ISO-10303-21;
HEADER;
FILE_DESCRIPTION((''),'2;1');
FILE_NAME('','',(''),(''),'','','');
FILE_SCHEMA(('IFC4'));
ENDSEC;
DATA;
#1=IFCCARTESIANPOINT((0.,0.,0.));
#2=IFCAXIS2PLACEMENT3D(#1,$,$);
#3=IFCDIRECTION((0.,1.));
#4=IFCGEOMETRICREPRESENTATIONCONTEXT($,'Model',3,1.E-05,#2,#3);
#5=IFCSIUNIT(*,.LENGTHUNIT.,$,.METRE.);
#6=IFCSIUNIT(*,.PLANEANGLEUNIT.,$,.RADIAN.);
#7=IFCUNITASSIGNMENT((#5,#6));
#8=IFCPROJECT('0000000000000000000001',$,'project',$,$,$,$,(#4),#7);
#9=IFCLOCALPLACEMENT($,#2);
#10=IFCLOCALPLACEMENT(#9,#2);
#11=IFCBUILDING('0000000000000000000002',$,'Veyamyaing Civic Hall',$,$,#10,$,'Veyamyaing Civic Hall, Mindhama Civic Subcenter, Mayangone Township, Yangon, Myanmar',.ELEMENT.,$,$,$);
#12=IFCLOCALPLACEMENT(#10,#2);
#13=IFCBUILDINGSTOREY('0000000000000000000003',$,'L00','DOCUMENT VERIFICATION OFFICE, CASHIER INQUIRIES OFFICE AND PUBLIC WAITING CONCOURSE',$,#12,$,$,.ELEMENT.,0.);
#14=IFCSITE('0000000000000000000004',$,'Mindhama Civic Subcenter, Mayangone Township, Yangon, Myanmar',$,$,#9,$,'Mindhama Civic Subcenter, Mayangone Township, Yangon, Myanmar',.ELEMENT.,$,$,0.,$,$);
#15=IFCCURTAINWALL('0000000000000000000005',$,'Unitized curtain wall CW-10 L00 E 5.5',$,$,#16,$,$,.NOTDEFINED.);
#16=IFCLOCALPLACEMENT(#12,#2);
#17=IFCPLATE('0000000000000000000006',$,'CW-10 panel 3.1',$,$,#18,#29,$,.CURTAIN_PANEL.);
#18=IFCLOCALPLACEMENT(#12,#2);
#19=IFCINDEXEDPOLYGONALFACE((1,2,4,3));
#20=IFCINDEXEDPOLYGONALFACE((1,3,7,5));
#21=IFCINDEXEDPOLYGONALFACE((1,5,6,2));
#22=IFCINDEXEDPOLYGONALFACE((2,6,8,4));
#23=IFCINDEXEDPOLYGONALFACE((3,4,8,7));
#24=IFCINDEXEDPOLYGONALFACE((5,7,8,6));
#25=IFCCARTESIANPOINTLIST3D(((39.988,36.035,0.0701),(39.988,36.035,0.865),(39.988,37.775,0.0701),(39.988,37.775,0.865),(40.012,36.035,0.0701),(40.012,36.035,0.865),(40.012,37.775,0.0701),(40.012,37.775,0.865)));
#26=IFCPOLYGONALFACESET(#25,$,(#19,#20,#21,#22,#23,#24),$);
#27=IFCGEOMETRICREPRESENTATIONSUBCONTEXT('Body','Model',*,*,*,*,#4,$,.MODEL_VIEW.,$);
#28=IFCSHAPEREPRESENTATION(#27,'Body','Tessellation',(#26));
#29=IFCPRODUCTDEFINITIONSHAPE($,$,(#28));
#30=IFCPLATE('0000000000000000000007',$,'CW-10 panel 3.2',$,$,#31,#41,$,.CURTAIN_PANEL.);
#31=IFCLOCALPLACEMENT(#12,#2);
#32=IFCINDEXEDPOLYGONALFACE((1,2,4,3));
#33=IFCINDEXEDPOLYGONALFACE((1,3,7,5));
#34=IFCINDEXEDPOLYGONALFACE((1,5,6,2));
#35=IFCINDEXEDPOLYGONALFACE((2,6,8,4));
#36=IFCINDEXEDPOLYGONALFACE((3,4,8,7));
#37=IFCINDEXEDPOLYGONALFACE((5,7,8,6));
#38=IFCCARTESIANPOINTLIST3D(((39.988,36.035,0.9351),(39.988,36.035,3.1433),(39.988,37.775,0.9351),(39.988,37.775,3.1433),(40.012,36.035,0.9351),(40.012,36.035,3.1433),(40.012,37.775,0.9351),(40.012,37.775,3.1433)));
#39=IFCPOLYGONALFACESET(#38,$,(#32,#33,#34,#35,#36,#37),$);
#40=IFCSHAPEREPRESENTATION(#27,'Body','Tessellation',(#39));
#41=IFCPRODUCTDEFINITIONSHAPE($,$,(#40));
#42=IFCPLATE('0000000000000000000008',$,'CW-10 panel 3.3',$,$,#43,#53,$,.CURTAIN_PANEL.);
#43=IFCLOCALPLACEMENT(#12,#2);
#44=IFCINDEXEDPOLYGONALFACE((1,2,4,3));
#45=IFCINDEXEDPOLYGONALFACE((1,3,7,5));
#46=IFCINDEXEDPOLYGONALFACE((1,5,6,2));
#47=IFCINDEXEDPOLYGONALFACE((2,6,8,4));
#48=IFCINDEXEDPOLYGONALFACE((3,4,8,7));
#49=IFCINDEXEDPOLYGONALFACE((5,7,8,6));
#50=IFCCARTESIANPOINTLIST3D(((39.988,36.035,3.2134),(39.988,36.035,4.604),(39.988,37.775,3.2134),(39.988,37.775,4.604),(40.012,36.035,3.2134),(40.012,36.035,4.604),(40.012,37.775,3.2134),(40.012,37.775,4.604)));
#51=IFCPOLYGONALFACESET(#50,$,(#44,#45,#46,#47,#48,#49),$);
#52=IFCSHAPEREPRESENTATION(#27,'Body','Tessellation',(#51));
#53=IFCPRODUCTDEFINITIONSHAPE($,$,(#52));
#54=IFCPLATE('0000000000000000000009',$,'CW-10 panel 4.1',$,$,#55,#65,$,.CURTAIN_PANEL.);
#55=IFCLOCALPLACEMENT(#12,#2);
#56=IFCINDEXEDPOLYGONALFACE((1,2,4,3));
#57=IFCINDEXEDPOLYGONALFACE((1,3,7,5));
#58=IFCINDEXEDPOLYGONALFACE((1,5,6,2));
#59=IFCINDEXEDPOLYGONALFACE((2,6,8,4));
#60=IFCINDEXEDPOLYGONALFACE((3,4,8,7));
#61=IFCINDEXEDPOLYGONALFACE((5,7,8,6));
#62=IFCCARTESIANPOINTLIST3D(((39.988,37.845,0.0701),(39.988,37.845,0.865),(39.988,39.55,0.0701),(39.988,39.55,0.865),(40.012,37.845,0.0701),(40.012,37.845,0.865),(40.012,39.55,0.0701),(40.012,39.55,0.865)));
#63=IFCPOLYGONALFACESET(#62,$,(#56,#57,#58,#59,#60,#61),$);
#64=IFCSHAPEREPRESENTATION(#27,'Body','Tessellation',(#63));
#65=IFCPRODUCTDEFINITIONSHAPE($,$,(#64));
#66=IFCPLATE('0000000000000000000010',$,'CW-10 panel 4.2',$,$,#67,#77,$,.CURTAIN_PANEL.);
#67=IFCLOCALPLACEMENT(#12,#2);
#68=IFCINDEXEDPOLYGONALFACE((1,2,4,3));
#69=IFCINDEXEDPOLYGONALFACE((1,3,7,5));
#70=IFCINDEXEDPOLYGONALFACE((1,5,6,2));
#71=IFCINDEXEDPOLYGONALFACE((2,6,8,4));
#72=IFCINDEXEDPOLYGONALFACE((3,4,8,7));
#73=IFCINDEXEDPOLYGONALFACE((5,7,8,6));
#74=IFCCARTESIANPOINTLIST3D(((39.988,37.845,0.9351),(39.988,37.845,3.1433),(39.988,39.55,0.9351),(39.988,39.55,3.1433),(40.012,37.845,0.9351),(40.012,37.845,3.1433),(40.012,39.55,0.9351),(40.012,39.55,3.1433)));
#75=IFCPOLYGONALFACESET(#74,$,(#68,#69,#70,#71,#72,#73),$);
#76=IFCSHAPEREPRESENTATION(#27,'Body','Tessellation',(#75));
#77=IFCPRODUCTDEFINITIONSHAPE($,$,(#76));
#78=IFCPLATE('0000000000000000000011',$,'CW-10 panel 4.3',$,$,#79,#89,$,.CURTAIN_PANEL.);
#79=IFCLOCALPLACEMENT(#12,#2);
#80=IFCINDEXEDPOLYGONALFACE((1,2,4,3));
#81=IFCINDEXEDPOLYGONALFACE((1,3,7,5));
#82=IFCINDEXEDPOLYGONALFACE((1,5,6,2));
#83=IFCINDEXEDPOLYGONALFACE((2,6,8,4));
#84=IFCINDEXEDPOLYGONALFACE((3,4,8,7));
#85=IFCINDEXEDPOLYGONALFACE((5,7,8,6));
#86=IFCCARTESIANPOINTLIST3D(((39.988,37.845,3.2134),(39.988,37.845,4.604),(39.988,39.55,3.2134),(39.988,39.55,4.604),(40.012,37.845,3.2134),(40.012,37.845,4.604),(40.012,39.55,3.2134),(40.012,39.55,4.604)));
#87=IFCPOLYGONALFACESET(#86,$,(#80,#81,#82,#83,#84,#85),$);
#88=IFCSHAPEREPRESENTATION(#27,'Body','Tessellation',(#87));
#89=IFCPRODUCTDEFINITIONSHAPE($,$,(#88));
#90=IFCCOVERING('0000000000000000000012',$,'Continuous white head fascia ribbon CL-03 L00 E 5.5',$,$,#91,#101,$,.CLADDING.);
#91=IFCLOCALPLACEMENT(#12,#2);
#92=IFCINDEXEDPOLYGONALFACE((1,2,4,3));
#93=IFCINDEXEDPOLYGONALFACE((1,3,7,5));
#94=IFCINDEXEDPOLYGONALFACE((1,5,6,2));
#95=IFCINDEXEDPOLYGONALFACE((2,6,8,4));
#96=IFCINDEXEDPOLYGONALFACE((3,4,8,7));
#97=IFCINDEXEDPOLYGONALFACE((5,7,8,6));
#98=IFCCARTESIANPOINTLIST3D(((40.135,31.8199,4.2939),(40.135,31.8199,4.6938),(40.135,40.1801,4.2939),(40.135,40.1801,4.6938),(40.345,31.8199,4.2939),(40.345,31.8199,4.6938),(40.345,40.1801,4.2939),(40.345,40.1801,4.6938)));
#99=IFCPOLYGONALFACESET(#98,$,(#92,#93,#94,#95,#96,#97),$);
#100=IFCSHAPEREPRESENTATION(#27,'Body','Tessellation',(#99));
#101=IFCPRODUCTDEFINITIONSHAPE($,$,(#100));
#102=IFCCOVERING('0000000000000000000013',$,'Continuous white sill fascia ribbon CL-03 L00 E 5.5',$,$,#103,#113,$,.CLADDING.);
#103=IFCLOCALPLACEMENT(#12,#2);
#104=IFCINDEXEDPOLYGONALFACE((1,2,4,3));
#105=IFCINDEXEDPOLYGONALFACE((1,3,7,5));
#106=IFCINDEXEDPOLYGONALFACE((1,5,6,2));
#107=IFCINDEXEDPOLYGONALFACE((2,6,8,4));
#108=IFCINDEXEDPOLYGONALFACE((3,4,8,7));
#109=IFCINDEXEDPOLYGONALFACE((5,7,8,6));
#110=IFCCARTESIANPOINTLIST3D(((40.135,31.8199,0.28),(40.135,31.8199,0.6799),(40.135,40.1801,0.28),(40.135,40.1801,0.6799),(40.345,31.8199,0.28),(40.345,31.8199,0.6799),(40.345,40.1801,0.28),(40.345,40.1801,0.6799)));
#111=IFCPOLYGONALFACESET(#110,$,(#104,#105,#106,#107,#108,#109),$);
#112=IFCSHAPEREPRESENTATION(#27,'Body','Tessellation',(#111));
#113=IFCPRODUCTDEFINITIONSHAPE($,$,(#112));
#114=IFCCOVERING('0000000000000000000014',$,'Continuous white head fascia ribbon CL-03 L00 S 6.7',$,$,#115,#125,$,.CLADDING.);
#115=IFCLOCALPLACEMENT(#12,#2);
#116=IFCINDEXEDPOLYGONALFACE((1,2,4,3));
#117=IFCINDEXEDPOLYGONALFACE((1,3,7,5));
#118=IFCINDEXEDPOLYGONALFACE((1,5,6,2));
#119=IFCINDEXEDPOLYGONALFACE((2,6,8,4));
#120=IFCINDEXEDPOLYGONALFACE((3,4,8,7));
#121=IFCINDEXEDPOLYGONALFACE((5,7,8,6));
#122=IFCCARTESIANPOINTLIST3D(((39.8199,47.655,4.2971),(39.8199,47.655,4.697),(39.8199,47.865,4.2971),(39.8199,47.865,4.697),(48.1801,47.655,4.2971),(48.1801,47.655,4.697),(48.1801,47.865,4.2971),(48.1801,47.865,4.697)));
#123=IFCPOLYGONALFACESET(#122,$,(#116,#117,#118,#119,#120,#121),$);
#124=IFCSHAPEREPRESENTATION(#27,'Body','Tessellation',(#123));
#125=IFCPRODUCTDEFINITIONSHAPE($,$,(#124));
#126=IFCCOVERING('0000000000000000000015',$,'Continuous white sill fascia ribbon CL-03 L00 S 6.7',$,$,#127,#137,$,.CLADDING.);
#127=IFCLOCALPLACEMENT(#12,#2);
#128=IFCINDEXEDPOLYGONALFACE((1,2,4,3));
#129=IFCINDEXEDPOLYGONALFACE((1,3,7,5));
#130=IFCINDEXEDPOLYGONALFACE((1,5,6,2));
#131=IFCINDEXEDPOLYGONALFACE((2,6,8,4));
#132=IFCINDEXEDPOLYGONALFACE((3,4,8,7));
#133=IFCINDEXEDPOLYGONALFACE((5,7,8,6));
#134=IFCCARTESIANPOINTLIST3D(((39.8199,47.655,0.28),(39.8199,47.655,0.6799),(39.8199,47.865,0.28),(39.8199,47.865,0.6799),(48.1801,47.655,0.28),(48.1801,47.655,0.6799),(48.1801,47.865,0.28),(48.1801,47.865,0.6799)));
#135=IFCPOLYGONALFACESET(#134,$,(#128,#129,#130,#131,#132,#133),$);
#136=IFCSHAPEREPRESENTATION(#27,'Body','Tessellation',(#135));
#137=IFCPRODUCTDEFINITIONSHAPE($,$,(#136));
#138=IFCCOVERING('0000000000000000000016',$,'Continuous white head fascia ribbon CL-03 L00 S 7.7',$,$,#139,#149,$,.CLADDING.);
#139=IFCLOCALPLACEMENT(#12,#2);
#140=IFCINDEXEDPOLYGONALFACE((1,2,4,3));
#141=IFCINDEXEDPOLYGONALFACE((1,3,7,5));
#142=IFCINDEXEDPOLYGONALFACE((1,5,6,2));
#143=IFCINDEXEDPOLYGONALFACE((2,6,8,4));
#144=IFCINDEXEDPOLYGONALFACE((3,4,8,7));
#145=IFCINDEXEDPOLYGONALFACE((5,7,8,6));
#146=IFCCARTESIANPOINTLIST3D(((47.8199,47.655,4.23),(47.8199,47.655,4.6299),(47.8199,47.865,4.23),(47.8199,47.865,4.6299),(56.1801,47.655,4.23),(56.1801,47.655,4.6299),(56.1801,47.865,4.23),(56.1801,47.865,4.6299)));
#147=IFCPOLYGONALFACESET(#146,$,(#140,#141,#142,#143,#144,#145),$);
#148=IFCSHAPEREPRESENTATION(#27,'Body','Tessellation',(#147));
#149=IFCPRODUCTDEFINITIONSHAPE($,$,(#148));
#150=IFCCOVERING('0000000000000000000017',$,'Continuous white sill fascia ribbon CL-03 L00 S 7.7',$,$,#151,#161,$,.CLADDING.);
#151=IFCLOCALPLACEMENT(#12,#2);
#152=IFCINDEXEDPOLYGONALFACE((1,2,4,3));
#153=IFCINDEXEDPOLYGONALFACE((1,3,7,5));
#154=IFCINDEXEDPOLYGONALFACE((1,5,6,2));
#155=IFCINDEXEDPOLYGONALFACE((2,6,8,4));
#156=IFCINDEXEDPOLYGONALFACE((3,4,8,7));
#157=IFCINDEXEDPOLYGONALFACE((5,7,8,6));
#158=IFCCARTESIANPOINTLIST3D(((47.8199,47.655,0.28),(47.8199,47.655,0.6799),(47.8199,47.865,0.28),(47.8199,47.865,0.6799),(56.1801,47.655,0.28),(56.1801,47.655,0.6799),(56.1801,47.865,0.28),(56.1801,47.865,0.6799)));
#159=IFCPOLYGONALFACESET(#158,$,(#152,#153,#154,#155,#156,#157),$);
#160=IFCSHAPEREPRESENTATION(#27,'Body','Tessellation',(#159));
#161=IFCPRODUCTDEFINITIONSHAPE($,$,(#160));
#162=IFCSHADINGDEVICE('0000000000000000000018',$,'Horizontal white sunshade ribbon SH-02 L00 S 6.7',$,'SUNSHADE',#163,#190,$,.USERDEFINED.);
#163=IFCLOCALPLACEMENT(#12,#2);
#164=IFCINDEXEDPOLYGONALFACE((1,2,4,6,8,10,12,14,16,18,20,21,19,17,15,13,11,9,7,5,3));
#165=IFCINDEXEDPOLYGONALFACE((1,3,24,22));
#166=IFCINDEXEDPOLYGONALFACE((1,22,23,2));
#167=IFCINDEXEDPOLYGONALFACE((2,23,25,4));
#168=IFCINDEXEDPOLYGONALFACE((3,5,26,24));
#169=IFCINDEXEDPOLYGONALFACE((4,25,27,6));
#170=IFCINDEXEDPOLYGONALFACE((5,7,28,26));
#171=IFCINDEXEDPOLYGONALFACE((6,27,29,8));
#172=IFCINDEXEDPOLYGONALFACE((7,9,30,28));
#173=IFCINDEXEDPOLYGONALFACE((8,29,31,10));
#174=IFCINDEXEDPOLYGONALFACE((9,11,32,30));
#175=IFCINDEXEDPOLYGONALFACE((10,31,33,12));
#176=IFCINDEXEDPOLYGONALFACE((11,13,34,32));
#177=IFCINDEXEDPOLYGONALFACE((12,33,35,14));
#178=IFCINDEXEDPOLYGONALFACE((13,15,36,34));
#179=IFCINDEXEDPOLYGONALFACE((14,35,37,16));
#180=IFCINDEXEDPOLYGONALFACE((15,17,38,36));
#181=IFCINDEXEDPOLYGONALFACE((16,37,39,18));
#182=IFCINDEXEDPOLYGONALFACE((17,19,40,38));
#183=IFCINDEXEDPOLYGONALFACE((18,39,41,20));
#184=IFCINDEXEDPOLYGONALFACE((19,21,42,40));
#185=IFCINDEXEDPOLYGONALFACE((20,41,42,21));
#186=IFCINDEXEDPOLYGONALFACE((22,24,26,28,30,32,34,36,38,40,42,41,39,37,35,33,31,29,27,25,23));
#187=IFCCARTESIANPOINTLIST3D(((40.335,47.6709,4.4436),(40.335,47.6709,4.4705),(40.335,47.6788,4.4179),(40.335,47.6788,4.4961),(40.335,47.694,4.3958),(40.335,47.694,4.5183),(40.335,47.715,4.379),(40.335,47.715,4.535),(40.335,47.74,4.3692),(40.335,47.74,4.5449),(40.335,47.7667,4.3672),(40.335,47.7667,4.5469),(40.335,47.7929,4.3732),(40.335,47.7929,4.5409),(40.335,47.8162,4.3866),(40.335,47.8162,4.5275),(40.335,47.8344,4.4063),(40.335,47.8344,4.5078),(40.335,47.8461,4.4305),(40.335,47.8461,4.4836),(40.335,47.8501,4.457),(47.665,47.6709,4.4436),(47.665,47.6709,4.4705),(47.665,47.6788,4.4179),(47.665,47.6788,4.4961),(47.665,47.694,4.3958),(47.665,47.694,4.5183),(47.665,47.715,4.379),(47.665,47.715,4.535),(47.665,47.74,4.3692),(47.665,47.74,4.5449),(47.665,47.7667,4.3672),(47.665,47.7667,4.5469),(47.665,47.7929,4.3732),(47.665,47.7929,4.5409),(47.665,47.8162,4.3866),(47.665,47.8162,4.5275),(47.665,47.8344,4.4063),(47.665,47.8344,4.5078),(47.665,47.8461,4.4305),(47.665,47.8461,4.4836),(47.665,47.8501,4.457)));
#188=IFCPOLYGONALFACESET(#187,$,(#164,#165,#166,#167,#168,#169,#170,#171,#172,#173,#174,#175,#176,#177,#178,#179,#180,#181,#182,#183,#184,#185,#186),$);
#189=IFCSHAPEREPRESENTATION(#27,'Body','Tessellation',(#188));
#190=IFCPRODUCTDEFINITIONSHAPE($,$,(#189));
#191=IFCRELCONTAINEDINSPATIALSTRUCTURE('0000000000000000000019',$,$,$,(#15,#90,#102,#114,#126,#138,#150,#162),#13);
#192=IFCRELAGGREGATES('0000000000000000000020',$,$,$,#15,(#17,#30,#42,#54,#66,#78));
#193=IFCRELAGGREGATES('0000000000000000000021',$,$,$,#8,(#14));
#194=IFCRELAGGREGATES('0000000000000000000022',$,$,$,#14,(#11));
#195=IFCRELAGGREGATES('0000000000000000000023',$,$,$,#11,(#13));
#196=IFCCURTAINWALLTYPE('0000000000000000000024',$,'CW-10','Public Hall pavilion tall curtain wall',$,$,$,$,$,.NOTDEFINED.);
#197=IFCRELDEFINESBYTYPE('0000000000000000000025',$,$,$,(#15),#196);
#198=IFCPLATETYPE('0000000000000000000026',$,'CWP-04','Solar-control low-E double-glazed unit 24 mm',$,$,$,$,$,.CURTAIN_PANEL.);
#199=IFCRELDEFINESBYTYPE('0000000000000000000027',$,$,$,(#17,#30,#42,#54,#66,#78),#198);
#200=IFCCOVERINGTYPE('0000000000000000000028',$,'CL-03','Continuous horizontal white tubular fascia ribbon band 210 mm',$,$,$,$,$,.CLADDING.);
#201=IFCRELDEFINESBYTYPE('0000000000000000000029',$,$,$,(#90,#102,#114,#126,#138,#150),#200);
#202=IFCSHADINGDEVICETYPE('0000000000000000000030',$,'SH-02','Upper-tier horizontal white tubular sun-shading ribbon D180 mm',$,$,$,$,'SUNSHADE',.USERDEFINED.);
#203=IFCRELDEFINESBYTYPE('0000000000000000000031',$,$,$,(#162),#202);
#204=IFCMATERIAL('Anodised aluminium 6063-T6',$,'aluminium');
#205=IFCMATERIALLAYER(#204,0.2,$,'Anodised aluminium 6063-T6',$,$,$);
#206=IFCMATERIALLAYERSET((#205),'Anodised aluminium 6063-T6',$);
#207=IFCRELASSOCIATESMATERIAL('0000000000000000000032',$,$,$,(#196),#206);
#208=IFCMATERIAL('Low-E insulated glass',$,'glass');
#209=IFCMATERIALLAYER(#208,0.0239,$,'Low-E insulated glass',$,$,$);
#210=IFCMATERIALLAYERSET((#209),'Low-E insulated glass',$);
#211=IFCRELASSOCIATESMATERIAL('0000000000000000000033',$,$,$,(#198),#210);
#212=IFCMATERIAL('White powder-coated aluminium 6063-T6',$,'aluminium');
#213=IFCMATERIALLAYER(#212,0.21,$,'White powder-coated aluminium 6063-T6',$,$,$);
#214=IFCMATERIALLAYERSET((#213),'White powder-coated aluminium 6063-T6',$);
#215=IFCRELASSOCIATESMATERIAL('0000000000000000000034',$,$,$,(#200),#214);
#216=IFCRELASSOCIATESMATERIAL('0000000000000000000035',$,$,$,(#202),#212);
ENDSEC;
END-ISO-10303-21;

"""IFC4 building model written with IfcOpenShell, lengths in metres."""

from ifc_helpers import new_model, si_unit, direction, frame, origin, origin_2d, place, context, subcontext, project, spatial, rectangle, circle, extrude, material, layer, layer_set, material_profile, profile_set, type_object, element, aggregate, save


model = new_model("IFC4")

# Units and contexts
model_context = context("Model", 3, precision=1e-05, world=origin(), true_north=direction((0.0, 1.0)))
body_context = subcontext(model_context, "Body", "Model", "MODEL_VIEW")
ifc_project = project(units=[si_unit("LENGTHUNIT", "METRE"), si_unit("PLANEANGLEUNIT", "RADIAN")], contexts=[model_context])

# Site, building, storey
site_placement = place(None, origin())
site = spatial("IfcSite", under=ifc_project, at=site_placement, Name="Mindhama Civic Subcenter, Mayangone Township, Yangon, Myanmar", LongName="Mindhama Civic Subcenter, Mayangone Township, Yangon, Myanmar", CompositionType="ELEMENT", RefElevation=0.0)
building_placement = place(site_placement, origin())
building = spatial("IfcBuilding", under=site, at=building_placement, Name="Veyamyaing Civic Hall", LongName="Veyamyaing Civic Hall, Mindhama Civic Subcenter, Mayangone Township, Yangon, Myanmar", CompositionType="ELEMENT")
storey_placement = place(building_placement, origin())
storey = spatial("IfcBuildingStorey", under=building, at=storey_placement, Name="L00", Description="DOCUMENT VERIFICATION OFFICE, CASHIER INQUIRIES OFFICE AND PUBLIC WAITING CONCOURSE", CompositionType="ELEMENT", Elevation=0.0)

# Curtain wall, plates
ifc_material_1 = material(Name="Anodised aluminium 6063-T6", Category="aluminium")
ifc_layer_1 = layer(ifc_material_1, 0.2, Name="Anodised aluminium 6063-T6")
ifc_layer_set_1 = layer_set([ifc_layer_1], Name="Anodised aluminium 6063-T6")
curtain_wall_type = type_object("IfcCurtainWallType", Name="CW-10", Description="Public Hall pavilion tall curtain wall", PredefinedType="NOTDEFINED", material=ifc_layer_set_1)
curtain_wall_placement = place(storey_placement, origin())
curtain_wall = element("IfcCurtainWall", 1, at=curtain_wall_placement, inside=storey, type_object=curtain_wall_type, Name="Unitized curtain wall CW-10 L00 E 5.5", PredefinedType="NOTDEFINED")
ifc_material_2 = material(Name="Low-E insulated glass", Category="glass")
ifc_layer_2 = layer(ifc_material_2, 0.0239, Name="Low-E insulated glass")
ifc_layer_set_2 = layer_set([ifc_layer_2], Name="Low-E insulated glass")
plate_type = type_object("IfcPlateType", Name="CWP-04", Description="Solar-control low-E double-glazed unit 24 mm", PredefinedType="CURTAIN_PANEL", material=ifc_layer_set_2)
plate_1_placement = place(storey_placement, frame((40.0, 36.905, 0.0701), z_axis=(0.0, 0.0, 1.0), x_axis=(0.0, 1.0, 0.0)))
plate_1 = element("IfcPlate", 2, at=plate_1_placement, type_object=plate_type, Name="CW-10 panel 3.1", PredefinedType="CURTAIN_PANEL", context=body_context, shape_type="SweptSolid", body=[
    extrude(rectangle(XDim=1.74, YDim=0.0239, at=origin_2d()), origin(), (0.0, 0.0, 1.0), 0.7949),
])
plate_2_placement = place(storey_placement, frame((40.0, 36.905, 0.9351), z_axis=(0.0, 0.0, 1.0), x_axis=(0.0, 1.0, 0.0)))
plate_2 = element("IfcPlate", 3, at=plate_2_placement, type_object=plate_type, Name="CW-10 panel 3.2", PredefinedType="CURTAIN_PANEL", context=body_context, shape_type="SweptSolid", body=[
    extrude(rectangle(XDim=1.74, YDim=0.0239, at=origin_2d()), origin(), (0.0, 0.0, 1.0), 2.2083),
])
plate_3_placement = place(storey_placement, frame((40.0, 36.905, 3.2134), z_axis=(0.0, 0.0, 1.0), x_axis=(0.0, 1.0, 0.0)))
plate_3 = element("IfcPlate", 4, at=plate_3_placement, type_object=plate_type, Name="CW-10 panel 3.3", PredefinedType="CURTAIN_PANEL", context=body_context, shape_type="SweptSolid", body=[
    extrude(rectangle(XDim=1.74, YDim=0.0239, at=origin_2d()), origin(), (0.0, 0.0, 1.0), 1.3906),
])
plate_4_placement = place(storey_placement, frame((40.0, 38.6975, 0.0701), z_axis=(0.0, 0.0, 1.0), x_axis=(0.0, 1.0, 0.0)))
plate_4 = element("IfcPlate", 5, at=plate_4_placement, type_object=plate_type, Name="CW-10 panel 4.1", PredefinedType="CURTAIN_PANEL", context=body_context, shape_type="SweptSolid", body=[
    extrude(rectangle(XDim=1.7051, YDim=0.0239, at=origin_2d()), origin(), (0.0, 0.0, 1.0), 0.7949),
])
plate_5_placement = place(storey_placement, frame((40.0, 38.6975, 0.9351), z_axis=(0.0, 0.0, 1.0), x_axis=(0.0, 1.0, 0.0)))
plate_5 = element("IfcPlate", 6, at=plate_5_placement, type_object=plate_type, Name="CW-10 panel 4.2", PredefinedType="CURTAIN_PANEL", context=body_context, shape_type="SweptSolid", body=[
    extrude(rectangle(XDim=1.7051, YDim=0.0239, at=origin_2d()), origin(), (0.0, 0.0, 1.0), 2.2083),
])
plate_6_placement = place(storey_placement, frame((40.0, 38.6975, 3.2134), z_axis=(0.0, 0.0, 1.0), x_axis=(0.0, 1.0, 0.0)))
plate_6 = element("IfcPlate", 7, at=plate_6_placement, type_object=plate_type, Name="CW-10 panel 4.3", PredefinedType="CURTAIN_PANEL", context=body_context, shape_type="SweptSolid", body=[
    extrude(rectangle(XDim=1.7051, YDim=0.0239, at=origin_2d()), origin(), (0.0, 0.0, 1.0), 1.3906),
])
aggregate(curtain_wall, [plate_1, plate_2, plate_3, plate_4, plate_5, plate_6])

# Coverings
ifc_material_3 = material(Name="White powder-coated aluminium 6063-T6", Category="aluminium")
ifc_layer_3 = layer(ifc_material_3, 0.21, Name="White powder-coated aluminium 6063-T6")
ifc_layer_set_3 = layer_set([ifc_layer_3], Name="White powder-coated aluminium 6063-T6")
covering_type = type_object("IfcCoveringType", Name="CL-03", Description="Continuous horizontal white tubular fascia ribbon band 210 mm", PredefinedType="CLADDING", material=ifc_layer_set_3)
for number, where, z_axis, x_axis, name in (
    (8, (40.24, 36.0, 4.2939), (0.0, 0.0, 1.0), (0.0, 1.0, 0.0), "Continuous white head fascia ribbon CL-03 L00 E 5.5"),
    (9, (40.24, 36.0, 0.28), (0.0, 0.0, 1.0), (0.0, 1.0, 0.0), "Continuous white sill fascia ribbon CL-03 L00 E 5.5"),
    (10, (44.0, 47.76, 4.2971), (0.0, 0.0, 1.0), (1.0, 0.0, 0.0), "Continuous white head fascia ribbon CL-03 L00 S 6.7"),
    (11, (44.0, 47.76, 0.28), (0.0, 0.0, 1.0), (1.0, 0.0, 0.0), "Continuous white sill fascia ribbon CL-03 L00 S 6.7"),
    (12, (52.0, 47.76, 4.23), (0.0, 0.0, 1.0), (1.0, 0.0, 0.0), "Continuous white head fascia ribbon CL-03 L00 S 7.7"),
    (13, (52.0, 47.76, 0.28), (0.0, 0.0, 1.0), (1.0, 0.0, 0.0), "Continuous white sill fascia ribbon CL-03 L00 S 7.7"),
):
    element("IfcCovering", number, at=place(storey_placement, frame(where, z_axis=z_axis, x_axis=x_axis)), inside=storey, type_object=covering_type, Name=name, PredefinedType="CLADDING", context=body_context, shape_type="SweptSolid", body=[
        extrude(rectangle(XDim=8.3601, YDim=0.21, at=origin_2d()), origin(), (0.0, 0.0, 1.0), 0.3999),
    ])

# Shading device
ifc_material_profile_1 = material_profile(ifc_material_3, circle(Radius=0.0901, at=origin_2d()), Name="SHADE-TUBE-180")
ifc_profile_set_1 = profile_set([ifc_material_profile_1], Name="White powder-coated aluminium 6063-T6")
shading_device_type = type_object("IfcShadingDeviceType", Name="SH-02", Description="Upper-tier horizontal white tubular sun-shading ribbon D180 mm", ElementType="SUNSHADE", PredefinedType="USERDEFINED", material=ifc_profile_set_1)
for number, where, z_axis, x_axis, name in (
    (14, (40.335, 47.76, 4.457), (1.0, 0.0, 0.0), (0.0, 1.0, 0.0), "Horizontal white sunshade ribbon SH-02 L00 S 6.7"),
):
    element("IfcShadingDevice", number, at=place(storey_placement, frame(where, z_axis=z_axis, x_axis=x_axis)), inside=storey, type_object=shading_device_type, Name=name, ObjectType="SUNSHADE", PredefinedType="USERDEFINED", context=body_context, shape_type="SweptSolid", body=[
        extrude(circle(Radius=0.0901, at=origin_2d()), origin(), (0.0, 0.0, 1.0), 7.3301),
    ])

save(model, "model.ifc")
